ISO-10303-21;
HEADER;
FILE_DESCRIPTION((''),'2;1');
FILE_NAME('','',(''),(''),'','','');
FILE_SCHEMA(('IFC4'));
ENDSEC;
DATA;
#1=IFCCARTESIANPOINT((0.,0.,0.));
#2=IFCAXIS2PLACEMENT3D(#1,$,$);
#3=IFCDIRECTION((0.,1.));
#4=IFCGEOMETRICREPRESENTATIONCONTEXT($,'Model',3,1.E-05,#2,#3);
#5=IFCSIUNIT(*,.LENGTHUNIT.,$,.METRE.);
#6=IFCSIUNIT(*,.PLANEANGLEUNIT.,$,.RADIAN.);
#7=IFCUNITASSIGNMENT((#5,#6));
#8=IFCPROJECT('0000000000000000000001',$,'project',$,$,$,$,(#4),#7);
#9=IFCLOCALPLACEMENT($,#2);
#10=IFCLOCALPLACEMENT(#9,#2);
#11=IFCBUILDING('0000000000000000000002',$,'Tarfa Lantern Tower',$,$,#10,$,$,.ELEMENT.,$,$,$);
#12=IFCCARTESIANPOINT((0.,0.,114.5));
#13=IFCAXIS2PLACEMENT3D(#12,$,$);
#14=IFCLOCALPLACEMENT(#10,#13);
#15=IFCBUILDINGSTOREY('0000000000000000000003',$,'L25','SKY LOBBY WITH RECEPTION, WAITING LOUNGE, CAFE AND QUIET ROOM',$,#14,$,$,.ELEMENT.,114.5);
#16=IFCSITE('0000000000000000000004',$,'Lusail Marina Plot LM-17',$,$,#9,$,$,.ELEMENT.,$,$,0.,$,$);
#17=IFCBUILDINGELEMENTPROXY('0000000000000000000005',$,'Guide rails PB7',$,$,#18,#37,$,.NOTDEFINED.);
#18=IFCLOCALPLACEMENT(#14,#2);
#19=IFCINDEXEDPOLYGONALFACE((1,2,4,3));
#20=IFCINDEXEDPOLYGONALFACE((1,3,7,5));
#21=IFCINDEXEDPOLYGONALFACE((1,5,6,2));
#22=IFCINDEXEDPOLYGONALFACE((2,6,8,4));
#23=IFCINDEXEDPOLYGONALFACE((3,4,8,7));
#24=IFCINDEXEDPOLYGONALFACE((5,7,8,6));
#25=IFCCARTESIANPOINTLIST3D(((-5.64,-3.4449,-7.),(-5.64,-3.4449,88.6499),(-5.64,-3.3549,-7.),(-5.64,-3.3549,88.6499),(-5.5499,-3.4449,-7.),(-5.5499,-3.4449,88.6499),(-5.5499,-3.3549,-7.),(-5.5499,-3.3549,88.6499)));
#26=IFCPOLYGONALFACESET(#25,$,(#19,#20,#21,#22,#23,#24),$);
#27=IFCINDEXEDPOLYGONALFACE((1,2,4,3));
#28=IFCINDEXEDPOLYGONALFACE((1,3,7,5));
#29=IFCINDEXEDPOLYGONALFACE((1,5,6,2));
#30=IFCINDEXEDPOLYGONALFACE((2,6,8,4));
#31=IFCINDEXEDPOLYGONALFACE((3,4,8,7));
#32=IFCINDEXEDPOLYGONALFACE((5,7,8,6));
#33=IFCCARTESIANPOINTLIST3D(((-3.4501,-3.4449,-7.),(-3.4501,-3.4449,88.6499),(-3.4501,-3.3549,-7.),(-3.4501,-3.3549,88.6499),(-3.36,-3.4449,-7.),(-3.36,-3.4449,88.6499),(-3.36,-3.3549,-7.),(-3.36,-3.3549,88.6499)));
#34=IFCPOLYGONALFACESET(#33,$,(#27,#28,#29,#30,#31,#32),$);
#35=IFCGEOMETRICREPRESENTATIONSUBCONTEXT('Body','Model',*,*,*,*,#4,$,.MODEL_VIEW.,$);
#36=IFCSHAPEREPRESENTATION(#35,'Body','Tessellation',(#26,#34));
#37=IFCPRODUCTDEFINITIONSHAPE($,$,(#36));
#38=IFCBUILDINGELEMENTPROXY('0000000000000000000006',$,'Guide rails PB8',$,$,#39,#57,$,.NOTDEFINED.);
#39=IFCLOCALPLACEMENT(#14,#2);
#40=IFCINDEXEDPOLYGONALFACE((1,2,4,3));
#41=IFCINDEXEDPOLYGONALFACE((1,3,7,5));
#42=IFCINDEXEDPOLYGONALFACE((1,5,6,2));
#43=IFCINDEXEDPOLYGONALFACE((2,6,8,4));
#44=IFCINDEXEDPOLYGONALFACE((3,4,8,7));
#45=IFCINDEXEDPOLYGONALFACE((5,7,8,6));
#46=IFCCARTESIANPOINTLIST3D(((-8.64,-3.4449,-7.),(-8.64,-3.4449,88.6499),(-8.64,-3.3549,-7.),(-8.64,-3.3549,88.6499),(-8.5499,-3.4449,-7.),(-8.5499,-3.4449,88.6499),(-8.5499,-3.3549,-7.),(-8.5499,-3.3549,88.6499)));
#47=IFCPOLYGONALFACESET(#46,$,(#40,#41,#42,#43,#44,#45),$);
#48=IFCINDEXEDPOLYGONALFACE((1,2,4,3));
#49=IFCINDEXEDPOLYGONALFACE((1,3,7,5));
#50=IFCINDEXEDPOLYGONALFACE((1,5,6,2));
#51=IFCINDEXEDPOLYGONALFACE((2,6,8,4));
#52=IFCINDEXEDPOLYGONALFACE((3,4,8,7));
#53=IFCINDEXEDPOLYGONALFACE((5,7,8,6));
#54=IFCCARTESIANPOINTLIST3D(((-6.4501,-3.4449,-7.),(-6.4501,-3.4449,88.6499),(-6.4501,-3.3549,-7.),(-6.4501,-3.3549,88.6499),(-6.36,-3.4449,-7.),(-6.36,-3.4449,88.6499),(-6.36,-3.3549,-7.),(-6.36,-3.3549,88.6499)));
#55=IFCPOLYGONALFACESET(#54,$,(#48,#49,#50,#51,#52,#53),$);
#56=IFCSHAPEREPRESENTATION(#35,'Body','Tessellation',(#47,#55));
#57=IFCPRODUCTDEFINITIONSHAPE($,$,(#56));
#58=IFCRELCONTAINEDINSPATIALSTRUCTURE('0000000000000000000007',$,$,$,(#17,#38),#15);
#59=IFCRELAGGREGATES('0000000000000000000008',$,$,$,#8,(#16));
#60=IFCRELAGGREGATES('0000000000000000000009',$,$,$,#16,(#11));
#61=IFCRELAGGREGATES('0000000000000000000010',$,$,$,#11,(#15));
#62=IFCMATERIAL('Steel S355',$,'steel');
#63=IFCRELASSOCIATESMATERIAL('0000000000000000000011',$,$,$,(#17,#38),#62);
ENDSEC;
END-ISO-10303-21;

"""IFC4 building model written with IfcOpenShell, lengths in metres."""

from ifc_helpers import new_model, si_unit, direction, frame, frame_2d, origin, origin_2d, place, context, subcontext, project, spatial, rectangle, extrude, material, element, save


model = new_model("IFC4")

# Units and contexts
model_context = context("Model", 3, precision=1e-05, world=origin(), true_north=direction((0.0, 1.0)))
body_context = subcontext(model_context, "Body", "Model", "MODEL_VIEW")
ifc_project = project(units=[si_unit("LENGTHUNIT", "METRE"), si_unit("PLANEANGLEUNIT", "RADIAN")], contexts=[model_context])

# Site, building, storey
site_placement = place(None, origin())
site = spatial("IfcSite", under=ifc_project, at=site_placement, Name="Lusail Marina Plot LM-17", CompositionType="ELEMENT", RefElevation=0.0)
building_placement = place(site_placement, origin())
building = spatial("IfcBuilding", under=site, at=building_placement, Name="Tarfa Lantern Tower", CompositionType="ELEMENT")
storey_placement = place(building_placement, frame((0.0, 0.0, 114.5)))
storey = spatial("IfcBuildingStorey", under=building, at=storey_placement, Name="L25", Description="SKY LOBBY WITH RECEPTION, WAITING LOUNGE, CAFE AND QUIET ROOM", CompositionType="ELEMENT", Elevation=114.5)

# Building element proxies
ifc_material_1 = material(Name="Steel S355", Category="steel")
for number, where, z_axis, x_axis, name in (
    (1, (-5.595, -3.3999, -7.0), (0.0, 0.0, 1.0), (1.0, 0.0, 0.0), "Guide rails PB7"),
    (2, (-8.595, -3.3999, -7.0), (0.0, 0.0, 1.0), (1.0, 0.0, 0.0), "Guide rails PB8"),
):
    element("IfcBuildingElementProxy", number, at=place(storey_placement, frame(where, z_axis=z_axis, x_axis=x_axis)), inside=storey, material=ifc_material_1, Name=name, PredefinedType="NOTDEFINED", context=body_context, shape_type="SweptSolid", body=[
        extrude(rectangle(XDim=0.0901, YDim=0.0901, at=origin_2d()), origin(), (0.0, 0.0, 1.0), 95.6499),
        extrude(rectangle(XDim=0.0901, YDim=0.0901, at=frame_2d((2.1899, 0.0))), origin(), (0.0, 0.0, 1.0), 95.6499),
    ])

save(model, "model.ifc")
